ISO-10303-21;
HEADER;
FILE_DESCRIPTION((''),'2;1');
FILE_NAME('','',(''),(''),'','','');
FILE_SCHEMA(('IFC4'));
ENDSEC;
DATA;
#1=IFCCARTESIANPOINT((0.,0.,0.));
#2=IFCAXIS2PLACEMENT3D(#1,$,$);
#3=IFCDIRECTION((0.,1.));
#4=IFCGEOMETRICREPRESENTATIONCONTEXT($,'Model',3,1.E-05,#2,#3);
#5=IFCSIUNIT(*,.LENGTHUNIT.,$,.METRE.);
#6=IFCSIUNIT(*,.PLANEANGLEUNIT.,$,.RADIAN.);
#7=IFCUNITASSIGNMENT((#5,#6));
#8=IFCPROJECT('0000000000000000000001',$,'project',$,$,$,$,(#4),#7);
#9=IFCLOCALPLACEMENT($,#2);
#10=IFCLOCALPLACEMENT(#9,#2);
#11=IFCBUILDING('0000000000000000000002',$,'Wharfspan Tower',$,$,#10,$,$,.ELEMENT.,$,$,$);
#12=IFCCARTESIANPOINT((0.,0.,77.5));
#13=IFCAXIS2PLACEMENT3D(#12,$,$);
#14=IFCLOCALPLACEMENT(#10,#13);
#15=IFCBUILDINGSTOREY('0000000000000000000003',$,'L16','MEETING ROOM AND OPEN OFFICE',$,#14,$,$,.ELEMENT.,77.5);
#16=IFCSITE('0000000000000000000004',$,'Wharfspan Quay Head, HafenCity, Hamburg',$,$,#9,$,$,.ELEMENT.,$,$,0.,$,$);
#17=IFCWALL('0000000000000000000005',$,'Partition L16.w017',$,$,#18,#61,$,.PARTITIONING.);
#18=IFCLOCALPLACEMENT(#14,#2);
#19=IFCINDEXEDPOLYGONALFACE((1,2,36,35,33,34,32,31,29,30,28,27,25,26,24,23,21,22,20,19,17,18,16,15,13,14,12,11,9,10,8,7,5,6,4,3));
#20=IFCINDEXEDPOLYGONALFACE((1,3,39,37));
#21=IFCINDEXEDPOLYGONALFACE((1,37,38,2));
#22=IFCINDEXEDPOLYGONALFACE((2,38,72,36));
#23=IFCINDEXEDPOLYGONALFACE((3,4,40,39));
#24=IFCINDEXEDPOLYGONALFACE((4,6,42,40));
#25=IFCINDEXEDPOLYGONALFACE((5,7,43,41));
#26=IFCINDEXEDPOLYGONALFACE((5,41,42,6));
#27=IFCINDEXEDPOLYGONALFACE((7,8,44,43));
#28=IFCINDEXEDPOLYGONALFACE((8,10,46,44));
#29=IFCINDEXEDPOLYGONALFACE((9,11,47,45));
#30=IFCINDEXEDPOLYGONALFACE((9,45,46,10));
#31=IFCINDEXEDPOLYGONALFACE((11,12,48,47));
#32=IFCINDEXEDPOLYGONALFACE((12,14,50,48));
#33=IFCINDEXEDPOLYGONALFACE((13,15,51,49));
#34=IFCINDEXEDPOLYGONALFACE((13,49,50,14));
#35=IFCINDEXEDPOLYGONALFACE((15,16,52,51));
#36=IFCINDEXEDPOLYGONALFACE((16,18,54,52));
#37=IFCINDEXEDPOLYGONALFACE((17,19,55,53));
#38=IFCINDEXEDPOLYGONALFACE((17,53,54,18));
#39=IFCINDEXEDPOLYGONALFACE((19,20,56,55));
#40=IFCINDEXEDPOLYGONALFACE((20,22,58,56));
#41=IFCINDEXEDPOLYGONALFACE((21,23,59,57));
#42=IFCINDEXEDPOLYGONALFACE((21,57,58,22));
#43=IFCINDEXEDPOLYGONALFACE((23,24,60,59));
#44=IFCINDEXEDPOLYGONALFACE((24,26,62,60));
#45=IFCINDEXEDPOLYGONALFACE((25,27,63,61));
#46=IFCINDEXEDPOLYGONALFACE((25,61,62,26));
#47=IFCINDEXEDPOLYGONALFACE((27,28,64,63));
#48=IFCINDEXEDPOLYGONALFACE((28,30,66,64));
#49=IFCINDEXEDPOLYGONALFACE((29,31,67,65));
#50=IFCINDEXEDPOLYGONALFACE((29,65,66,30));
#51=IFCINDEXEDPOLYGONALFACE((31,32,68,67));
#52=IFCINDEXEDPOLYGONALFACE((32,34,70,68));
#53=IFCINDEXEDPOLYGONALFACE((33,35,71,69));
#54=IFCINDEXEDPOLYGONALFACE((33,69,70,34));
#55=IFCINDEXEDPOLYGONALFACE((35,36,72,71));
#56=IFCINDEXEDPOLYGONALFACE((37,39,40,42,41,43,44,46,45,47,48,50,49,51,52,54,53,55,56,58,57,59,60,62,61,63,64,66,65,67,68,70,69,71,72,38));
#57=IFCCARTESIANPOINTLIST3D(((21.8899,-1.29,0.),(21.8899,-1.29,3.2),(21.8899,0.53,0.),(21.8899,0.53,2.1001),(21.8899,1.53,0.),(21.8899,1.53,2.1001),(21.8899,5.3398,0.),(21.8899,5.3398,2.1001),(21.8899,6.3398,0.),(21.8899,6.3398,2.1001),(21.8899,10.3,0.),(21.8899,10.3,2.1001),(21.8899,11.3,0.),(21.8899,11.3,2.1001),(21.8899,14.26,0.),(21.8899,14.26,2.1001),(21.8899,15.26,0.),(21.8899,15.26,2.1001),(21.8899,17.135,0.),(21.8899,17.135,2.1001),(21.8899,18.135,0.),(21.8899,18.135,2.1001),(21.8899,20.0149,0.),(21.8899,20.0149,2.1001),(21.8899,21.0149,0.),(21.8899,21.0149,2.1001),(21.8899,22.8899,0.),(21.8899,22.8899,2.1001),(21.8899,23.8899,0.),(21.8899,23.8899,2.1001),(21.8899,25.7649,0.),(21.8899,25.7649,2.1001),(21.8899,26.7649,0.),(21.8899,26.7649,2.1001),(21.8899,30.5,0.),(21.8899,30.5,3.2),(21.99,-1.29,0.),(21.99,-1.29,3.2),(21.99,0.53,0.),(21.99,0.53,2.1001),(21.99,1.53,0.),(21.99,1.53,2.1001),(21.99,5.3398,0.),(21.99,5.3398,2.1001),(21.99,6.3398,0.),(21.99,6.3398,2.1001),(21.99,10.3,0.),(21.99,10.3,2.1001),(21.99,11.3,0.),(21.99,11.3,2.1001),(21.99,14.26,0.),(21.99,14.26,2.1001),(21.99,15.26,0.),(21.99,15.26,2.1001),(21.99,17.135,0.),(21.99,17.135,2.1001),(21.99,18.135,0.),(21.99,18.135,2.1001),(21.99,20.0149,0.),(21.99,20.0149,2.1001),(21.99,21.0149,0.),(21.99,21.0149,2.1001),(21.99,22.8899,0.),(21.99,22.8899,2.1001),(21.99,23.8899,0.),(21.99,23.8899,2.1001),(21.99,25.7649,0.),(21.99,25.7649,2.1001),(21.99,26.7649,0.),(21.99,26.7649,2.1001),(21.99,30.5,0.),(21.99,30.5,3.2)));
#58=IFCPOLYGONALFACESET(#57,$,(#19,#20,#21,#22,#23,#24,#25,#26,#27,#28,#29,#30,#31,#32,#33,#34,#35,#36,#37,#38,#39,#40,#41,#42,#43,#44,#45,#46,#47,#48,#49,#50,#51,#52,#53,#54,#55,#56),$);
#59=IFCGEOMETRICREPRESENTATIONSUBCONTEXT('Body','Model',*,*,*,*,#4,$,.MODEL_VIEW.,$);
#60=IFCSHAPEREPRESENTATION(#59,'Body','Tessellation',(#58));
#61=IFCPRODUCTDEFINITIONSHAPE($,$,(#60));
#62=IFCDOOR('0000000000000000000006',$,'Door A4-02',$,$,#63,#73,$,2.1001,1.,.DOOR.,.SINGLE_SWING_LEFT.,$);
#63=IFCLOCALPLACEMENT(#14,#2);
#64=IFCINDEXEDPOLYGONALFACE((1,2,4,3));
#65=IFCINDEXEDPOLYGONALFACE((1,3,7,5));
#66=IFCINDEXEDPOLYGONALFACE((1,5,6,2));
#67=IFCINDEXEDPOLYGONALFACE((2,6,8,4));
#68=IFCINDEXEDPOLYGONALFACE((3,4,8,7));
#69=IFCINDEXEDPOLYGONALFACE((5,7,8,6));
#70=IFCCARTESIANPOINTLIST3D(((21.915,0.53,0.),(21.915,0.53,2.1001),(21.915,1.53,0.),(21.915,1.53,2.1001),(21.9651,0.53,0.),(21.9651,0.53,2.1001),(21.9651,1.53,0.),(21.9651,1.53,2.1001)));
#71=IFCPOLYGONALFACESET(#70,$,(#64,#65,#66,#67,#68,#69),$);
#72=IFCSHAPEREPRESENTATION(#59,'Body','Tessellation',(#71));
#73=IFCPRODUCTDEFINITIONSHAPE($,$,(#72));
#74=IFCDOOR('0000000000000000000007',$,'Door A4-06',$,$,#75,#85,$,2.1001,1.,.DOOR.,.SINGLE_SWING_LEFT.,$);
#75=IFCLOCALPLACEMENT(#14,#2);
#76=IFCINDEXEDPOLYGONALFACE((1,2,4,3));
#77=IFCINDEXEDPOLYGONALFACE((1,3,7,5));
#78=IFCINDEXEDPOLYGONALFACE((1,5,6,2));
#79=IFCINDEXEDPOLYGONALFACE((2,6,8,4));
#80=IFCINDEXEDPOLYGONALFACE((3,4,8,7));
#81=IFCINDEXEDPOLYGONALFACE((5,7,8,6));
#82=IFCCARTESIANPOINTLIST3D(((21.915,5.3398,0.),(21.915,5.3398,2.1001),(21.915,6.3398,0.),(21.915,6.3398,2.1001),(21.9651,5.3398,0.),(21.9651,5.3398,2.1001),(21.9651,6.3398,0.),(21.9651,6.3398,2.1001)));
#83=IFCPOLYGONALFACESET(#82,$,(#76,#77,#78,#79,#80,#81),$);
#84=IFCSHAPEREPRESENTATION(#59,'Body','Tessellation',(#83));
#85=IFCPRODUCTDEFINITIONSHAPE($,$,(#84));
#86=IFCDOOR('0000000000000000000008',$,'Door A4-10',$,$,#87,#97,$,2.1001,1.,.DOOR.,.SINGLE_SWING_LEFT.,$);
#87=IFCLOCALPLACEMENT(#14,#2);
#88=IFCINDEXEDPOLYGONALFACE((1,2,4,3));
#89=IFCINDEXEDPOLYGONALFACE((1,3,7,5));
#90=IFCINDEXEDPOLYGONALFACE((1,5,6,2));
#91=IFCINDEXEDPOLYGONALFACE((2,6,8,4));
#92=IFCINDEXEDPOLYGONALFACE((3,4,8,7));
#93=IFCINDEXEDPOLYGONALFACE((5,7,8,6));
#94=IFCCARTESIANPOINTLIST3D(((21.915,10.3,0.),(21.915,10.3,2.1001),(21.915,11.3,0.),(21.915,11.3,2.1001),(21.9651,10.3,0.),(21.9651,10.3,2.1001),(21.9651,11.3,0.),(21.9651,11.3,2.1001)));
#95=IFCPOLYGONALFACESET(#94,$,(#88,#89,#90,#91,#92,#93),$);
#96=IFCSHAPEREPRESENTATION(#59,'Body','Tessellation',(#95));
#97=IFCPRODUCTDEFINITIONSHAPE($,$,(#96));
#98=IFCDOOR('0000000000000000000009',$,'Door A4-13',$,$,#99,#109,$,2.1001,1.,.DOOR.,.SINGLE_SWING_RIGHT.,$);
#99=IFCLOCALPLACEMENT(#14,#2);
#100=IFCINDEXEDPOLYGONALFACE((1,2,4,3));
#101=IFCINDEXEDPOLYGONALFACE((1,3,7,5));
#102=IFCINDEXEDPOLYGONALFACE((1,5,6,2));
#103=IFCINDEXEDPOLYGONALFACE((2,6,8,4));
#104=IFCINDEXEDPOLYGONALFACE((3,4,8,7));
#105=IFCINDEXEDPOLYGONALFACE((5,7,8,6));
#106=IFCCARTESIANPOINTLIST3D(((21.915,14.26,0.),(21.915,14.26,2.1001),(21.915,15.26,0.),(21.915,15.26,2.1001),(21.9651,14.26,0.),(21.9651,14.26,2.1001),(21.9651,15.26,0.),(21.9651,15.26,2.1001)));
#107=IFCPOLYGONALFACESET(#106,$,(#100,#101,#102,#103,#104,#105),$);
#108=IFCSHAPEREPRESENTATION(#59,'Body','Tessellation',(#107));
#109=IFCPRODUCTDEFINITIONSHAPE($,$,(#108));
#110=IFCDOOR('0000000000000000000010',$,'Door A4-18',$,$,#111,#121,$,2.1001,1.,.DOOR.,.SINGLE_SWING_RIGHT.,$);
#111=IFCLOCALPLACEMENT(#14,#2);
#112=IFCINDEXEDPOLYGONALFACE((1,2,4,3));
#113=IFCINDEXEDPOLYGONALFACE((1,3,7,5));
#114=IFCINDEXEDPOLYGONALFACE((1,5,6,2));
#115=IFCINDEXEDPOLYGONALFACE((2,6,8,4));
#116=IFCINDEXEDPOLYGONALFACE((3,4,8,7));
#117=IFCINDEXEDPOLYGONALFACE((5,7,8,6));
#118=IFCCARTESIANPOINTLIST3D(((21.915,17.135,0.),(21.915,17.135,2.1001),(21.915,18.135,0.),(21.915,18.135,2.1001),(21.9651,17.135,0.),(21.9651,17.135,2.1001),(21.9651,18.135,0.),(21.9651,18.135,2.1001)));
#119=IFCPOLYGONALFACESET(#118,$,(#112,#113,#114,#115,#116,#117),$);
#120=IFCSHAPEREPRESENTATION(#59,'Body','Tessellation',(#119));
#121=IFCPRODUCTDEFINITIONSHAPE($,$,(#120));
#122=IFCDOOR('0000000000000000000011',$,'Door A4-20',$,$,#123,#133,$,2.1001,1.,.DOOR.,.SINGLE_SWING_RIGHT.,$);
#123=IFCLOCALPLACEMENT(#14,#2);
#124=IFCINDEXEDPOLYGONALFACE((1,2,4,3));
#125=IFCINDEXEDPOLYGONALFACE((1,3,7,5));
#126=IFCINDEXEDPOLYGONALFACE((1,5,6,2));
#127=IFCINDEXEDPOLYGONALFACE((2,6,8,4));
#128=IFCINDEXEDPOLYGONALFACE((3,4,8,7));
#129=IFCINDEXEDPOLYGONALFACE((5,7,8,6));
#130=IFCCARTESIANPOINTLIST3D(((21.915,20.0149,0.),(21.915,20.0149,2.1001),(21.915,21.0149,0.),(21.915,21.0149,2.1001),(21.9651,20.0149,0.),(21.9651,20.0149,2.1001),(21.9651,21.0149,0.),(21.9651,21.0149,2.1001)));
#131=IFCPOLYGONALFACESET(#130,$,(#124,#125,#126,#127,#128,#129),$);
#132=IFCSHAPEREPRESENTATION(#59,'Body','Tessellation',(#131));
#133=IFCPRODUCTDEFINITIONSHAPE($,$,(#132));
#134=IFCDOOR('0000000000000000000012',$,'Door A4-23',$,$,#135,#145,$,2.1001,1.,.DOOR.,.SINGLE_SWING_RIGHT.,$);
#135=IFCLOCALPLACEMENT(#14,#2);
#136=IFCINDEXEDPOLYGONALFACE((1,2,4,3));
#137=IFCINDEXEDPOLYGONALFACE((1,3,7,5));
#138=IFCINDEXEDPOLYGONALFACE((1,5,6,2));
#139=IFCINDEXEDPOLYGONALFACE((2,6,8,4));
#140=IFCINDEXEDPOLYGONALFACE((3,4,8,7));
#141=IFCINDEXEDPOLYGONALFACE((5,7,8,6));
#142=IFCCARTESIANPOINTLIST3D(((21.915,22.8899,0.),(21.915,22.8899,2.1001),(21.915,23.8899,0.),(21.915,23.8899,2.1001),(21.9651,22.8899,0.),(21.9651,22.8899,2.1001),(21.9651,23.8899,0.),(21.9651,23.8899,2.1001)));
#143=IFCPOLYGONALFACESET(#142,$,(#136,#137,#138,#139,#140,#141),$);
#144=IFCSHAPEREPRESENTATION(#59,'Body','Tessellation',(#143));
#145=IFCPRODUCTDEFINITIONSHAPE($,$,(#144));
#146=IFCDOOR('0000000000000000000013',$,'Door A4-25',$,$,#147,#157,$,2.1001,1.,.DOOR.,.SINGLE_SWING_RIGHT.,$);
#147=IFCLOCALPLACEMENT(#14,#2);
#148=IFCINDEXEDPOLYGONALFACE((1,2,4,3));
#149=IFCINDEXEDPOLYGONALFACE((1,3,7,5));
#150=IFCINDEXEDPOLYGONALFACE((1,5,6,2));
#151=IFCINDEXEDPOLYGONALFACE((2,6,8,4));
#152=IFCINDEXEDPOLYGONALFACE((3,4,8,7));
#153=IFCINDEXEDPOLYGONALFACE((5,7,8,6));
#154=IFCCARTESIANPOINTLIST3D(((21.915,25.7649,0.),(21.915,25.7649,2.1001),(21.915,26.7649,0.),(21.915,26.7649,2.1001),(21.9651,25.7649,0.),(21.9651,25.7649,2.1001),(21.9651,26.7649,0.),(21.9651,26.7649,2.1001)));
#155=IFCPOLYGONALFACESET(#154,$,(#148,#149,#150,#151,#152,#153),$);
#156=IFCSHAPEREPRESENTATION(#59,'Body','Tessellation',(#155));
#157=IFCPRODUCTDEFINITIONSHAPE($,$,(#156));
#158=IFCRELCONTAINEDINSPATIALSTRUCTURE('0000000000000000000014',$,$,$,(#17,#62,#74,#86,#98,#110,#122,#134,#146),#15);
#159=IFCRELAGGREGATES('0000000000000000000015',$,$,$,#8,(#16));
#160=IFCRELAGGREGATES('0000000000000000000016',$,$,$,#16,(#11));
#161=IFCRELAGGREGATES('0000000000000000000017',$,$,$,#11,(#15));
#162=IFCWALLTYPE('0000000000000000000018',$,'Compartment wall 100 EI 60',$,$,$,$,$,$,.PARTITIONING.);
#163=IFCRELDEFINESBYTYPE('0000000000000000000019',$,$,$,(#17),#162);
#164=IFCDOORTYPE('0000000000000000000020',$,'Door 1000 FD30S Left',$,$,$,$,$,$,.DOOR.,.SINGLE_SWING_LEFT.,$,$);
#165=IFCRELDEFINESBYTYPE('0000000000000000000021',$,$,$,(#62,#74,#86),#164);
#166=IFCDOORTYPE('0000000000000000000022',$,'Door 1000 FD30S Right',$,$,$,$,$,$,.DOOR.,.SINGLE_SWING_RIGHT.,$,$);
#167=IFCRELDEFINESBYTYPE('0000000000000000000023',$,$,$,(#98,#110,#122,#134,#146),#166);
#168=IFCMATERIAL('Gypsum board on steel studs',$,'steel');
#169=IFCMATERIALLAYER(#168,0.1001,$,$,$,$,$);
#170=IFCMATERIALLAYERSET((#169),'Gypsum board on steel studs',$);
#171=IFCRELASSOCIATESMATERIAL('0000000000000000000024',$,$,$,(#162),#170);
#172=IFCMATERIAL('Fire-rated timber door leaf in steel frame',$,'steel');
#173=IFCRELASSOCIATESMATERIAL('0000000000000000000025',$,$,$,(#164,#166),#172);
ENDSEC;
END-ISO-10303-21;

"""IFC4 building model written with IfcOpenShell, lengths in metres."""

from ifc_helpers import new_model, si_unit, direction, frame, frame_2d, origin, place, context, subcontext, project, spatial, rectangle, extrude, material, layer, layer_set, type_object, element, fill, save


model = new_model("IFC4")

# Units and contexts
model_context = context("Model", 3, precision=1e-05, world=origin(), true_north=direction((0.0, 1.0)))
body_context = subcontext(model_context, "Body", "Model", "MODEL_VIEW")
ifc_project = project(units=[si_unit("LENGTHUNIT", "METRE"), si_unit("PLANEANGLEUNIT", "RADIAN")], contexts=[model_context])

# Site, building, storey
site_placement = place(None, origin())
site = spatial("IfcSite", under=ifc_project, at=site_placement, Name="Wharfspan Quay Head, HafenCity, Hamburg", CompositionType="ELEMENT", RefElevation=0.0)
building_placement = place(site_placement, origin())
building = spatial("IfcBuilding", under=site, at=building_placement, Name="Wharfspan Tower", CompositionType="ELEMENT")
storey_placement = place(building_placement, frame((0.0, 0.0, 77.5)))
storey = spatial("IfcBuildingStorey", under=building, at=storey_placement, Name="L16", Description="MEETING ROOM AND OPEN OFFICE", CompositionType="ELEMENT", Elevation=77.5)

# Wall, openings, doors
ifc_material_1 = material(Name="Gypsum board on steel studs", Category="steel")
ifc_layer_1 = layer(ifc_material_1, 0.1001)
ifc_layer_set_1 = layer_set([ifc_layer_1], Name="Gypsum board on steel studs")
wall_type = type_object("IfcWallType", Name="Compartment wall 100 EI 60", PredefinedType="PARTITIONING", material=ifc_layer_set_1)
ifc_material_2 = material(Name="Fire-rated timber door leaf in steel frame", Category="steel")
door_type_1 = type_object("IfcDoorType", Name="Door 1000 FD30S Left", OperationType="SINGLE_SWING_LEFT", PredefinedType="DOOR", material=ifc_material_2)
door_type_2 = type_object("IfcDoorType", Name="Door 1000 FD30S Right", OperationType="SINGLE_SWING_RIGHT", PredefinedType="DOOR", material=ifc_material_2)
wall_1_placement = place(storey_placement, frame((21.9399, -1.29, 0.0), z_axis=(0.0, 0.0, 1.0), x_axis=(0.0, 1.0, 0.0)))
wall_1 = element("IfcWall", 1, at=wall_1_placement, inside=storey, type_object=wall_type, Name="Partition L16.w017", PredefinedType="PARTITIONING", context=body_context, shape_type="SweptSolid", body=[
    extrude(rectangle(XDim=31.79, YDim=0.1001, at=frame_2d((15.895, 0.0))), origin(), (0.0, 0.0, 1.0), 3.2),
])
opening_1_placement = place(wall_1_placement, frame((1.8201, 0.0, 0.0)))
opening_1 = element("IfcOpeningElement", 2, at=opening_1_placement, cuts=wall_1, PredefinedType="OPENING", context=body_context, shape_type="SweptSolid", body=[
    extrude(rectangle(XDim=1.0, YDim=2.1001, at=frame_2d((0.5, 1.05))), frame((0.0, 0.0601, 0.0), z_axis=(0.0, -1.0, 0.0), x_axis=(1.0, 0.0, 0.0)), (0.0, 0.0, 1.0), 0.1201),
])
opening_2_placement = place(wall_1_placement, frame((6.6299, 0.0, 0.0)))
opening_2 = element("IfcOpeningElement", 3, at=opening_2_placement, cuts=wall_1, PredefinedType="OPENING", context=body_context, shape_type="SweptSolid", body=[
    extrude(rectangle(XDim=1.0, YDim=2.1001, at=frame_2d((0.5, 1.05))), frame((0.0, 0.0601, 0.0), z_axis=(0.0, -1.0, 0.0), x_axis=(1.0, 0.0, 0.0)), (0.0, 0.0, 1.0), 0.1201),
])
opening_3_placement = place(wall_1_placement, frame((11.5901, 0.0, 0.0)))
opening_3 = element("IfcOpeningElement", 4, at=opening_3_placement, cuts=wall_1, PredefinedType="OPENING", context=body_context, shape_type="SweptSolid", body=[
    extrude(rectangle(XDim=1.0, YDim=2.1001, at=frame_2d((0.5, 1.05))), frame((0.0, 0.0601, 0.0), z_axis=(0.0, -1.0, 0.0), x_axis=(1.0, 0.0, 0.0)), (0.0, 0.0, 1.0), 0.1201),
])
opening_4_placement = place(wall_1_placement, frame((15.55, 0.0, 0.0)))
opening_4 = element("IfcOpeningElement", 5, at=opening_4_placement, cuts=wall_1, PredefinedType="OPENING", context=body_context, shape_type="SweptSolid", body=[
    extrude(rectangle(XDim=1.0, YDim=2.1001, at=frame_2d((0.5, 1.05))), frame((0.0, 0.0601, 0.0), z_axis=(0.0, -1.0, 0.0), x_axis=(1.0, 0.0, 0.0)), (0.0, 0.0, 1.0), 0.1201),
])
opening_5_placement = place(wall_1_placement, frame((18.425, 0.0, 0.0)))
opening_5 = element("IfcOpeningElement", 6, at=opening_5_placement, cuts=wall_1, PredefinedType="OPENING", context=body_context, shape_type="SweptSolid", body=[
    extrude(rectangle(XDim=1.0, YDim=2.1001, at=frame_2d((0.5, 1.05))), frame((0.0, 0.0601, 0.0), z_axis=(0.0, -1.0, 0.0), x_axis=(1.0, 0.0, 0.0)), (0.0, 0.0, 1.0), 0.1201),
])
opening_6_placement = place(wall_1_placement, frame((21.3049, 0.0, 0.0)))
opening_6 = element("IfcOpeningElement", 7, at=opening_6_placement, cuts=wall_1, PredefinedType="OPENING", context=body_context, shape_type="SweptSolid", body=[
    extrude(rectangle(XDim=1.0, YDim=2.1001, at=frame_2d((0.5, 1.05))), frame((0.0, 0.0601, 0.0), z_axis=(0.0, -1.0, 0.0), x_axis=(1.0, 0.0, 0.0)), (0.0, 0.0, 1.0), 0.1201),
])
opening_7_placement = place(wall_1_placement, frame((24.1799, 0.0, 0.0)))
opening_7 = element("IfcOpeningElement", 8, at=opening_7_placement, cuts=wall_1, PredefinedType="OPENING", context=body_context, shape_type="SweptSolid", body=[
    extrude(rectangle(XDim=1.0, YDim=2.1001, at=frame_2d((0.5, 1.05))), frame((0.0, 0.0601, 0.0), z_axis=(0.0, -1.0, 0.0), x_axis=(1.0, 0.0, 0.0)), (0.0, 0.0, 1.0), 0.1201),
])
opening_8_placement = place(wall_1_placement, frame((27.0549, 0.0, 0.0)))
opening_8 = element("IfcOpeningElement", 9, at=opening_8_placement, cuts=wall_1, PredefinedType="OPENING", context=body_context, shape_type="SweptSolid", body=[
    extrude(rectangle(XDim=1.0, YDim=2.1001, at=frame_2d((0.5, 1.05))), frame((0.0, 0.0601, 0.0), z_axis=(0.0, -1.0, 0.0), x_axis=(1.0, 0.0, 0.0)), (0.0, 0.0, 1.0), 0.1201),
])
door_1_placement = place(opening_1_placement, origin())
door_1 = element("IfcDoor", 10, at=door_1_placement, inside=storey, type_object=door_type_1, Name="Door A4-02", OperationType="SINGLE_SWING_LEFT", OverallHeight=2.1001, OverallWidth=1.0, PredefinedType="DOOR", context=body_context, shape_type="SweptSolid", body=[
    extrude(rectangle(XDim=1.0, YDim=2.1001, at=frame_2d((0.5, 1.05))), frame((0.0, 0.0249, 0.0), z_axis=(0.0, -1.0, 0.0), x_axis=(1.0, 0.0, 0.0)), (0.0, 0.0, 1.0), 0.05),
])
fill(opening_1, door_1)
door_2_placement = place(opening_2_placement, origin())
door_2 = element("IfcDoor", 11, at=door_2_placement, inside=storey, type_object=door_type_1, Name="Door A4-06", OperationType="SINGLE_SWING_LEFT", OverallHeight=2.1001, OverallWidth=1.0, PredefinedType="DOOR", context=body_context, shape_type="SweptSolid", body=[
    extrude(rectangle(XDim=1.0, YDim=2.1001, at=frame_2d((0.5, 1.05))), frame((0.0, 0.0249, 0.0), z_axis=(0.0, -1.0, 0.0), x_axis=(1.0, 0.0, 0.0)), (0.0, 0.0, 1.0), 0.05),
])
fill(opening_2, door_2)
door_3_placement = place(opening_3_placement, origin())
door_3 = element("IfcDoor", 12, at=door_3_placement, inside=storey, type_object=door_type_1, Name="Door A4-10", OperationType="SINGLE_SWING_LEFT", OverallHeight=2.1001, OverallWidth=1.0, PredefinedType="DOOR", context=body_context, shape_type="SweptSolid", body=[
    extrude(rectangle(XDim=1.0, YDim=2.1001, at=frame_2d((0.5, 1.05))), frame((0.0, 0.0249, 0.0), z_axis=(0.0, -1.0, 0.0), x_axis=(1.0, 0.0, 0.0)), (0.0, 0.0, 1.0), 0.05),
])
fill(opening_3, door_3)
door_4_placement = place(opening_4_placement, origin())
door_4 = element("IfcDoor", 13, at=door_4_placement, inside=storey, type_object=door_type_2, Name="Door A4-13", OperationType="SINGLE_SWING_RIGHT", OverallHeight=2.1001, OverallWidth=1.0, PredefinedType="DOOR", context=body_context, shape_type="SweptSolid", body=[
    extrude(rectangle(XDim=1.0, YDim=2.1001, at=frame_2d((0.5, 1.05))), frame((0.0, 0.0249, 0.0), z_axis=(0.0, -1.0, 0.0), x_axis=(1.0, 0.0, 0.0)), (0.0, 0.0, 1.0), 0.05),
])
fill(opening_4, door_4)
door_5_placement = place(opening_5_placement, origin())
door_5 = element("IfcDoor", 14, at=door_5_placement, inside=storey, type_object=door_type_2, Name="Door A4-18", OperationType="SINGLE_SWING_RIGHT", OverallHeight=2.1001, OverallWidth=1.0, PredefinedType="DOOR", context=body_context, shape_type="SweptSolid", body=[
    extrude(rectangle(XDim=1.0, YDim=2.1001, at=frame_2d((0.5, 1.05))), frame((0.0, 0.0249, 0.0), z_axis=(0.0, -1.0, 0.0), x_axis=(1.0, 0.0, 0.0)), (0.0, 0.0, 1.0), 0.05),
])
fill(opening_5, door_5)
door_6_placement = place(opening_6_placement, origin())
door_6 = element("IfcDoor", 15, at=door_6_placement, inside=storey, type_object=door_type_2, Name="Door A4-20", OperationType="SINGLE_SWING_RIGHT", OverallHeight=2.1001, OverallWidth=1.0, PredefinedType="DOOR", context=body_context, shape_type="SweptSolid", body=[
    extrude(rectangle(XDim=1.0, YDim=2.1001, at=frame_2d((0.5, 1.05))), frame((0.0, 0.0249, 0.0), z_axis=(0.0, -1.0, 0.0), x_axis=(1.0, 0.0, 0.0)), (0.0, 0.0, 1.0), 0.05),
])
fill(opening_6, door_6)
door_7_placement = place(opening_7_placement, origin())
door_7 = element("IfcDoor", 16, at=door_7_placement, inside=storey, type_object=door_type_2, Name="Door A4-23", OperationType="SINGLE_SWING_RIGHT", OverallHeight=2.1001, OverallWidth=1.0, PredefinedType="DOOR", context=body_context, shape_type="SweptSolid", body=[
    extrude(rectangle(XDim=1.0, YDim=2.1001, at=frame_2d((0.5, 1.05))), frame((0.0, 0.0249, 0.0), z_axis=(0.0, -1.0, 0.0), x_axis=(1.0, 0.0, 0.0)), (0.0, 0.0, 1.0), 0.05),
])
fill(opening_7, door_7)
door_8_placement = place(opening_8_placement, origin())
door_8 = element("IfcDoor", 17, at=door_8_placement, inside=storey, type_object=door_type_2, Name="Door A4-25", OperationType="SINGLE_SWING_RIGHT", OverallHeight=2.1001, OverallWidth=1.0, PredefinedType="DOOR", context=body_context, shape_type="SweptSolid", body=[
    extrude(rectangle(XDim=1.0, YDim=2.1001, at=frame_2d((0.5, 1.05))), frame((0.0, 0.0249, 0.0), z_axis=(0.0, -1.0, 0.0), x_axis=(1.0, 0.0, 0.0)), (0.0, 0.0, 1.0), 0.05),
])
fill(opening_8, door_8)

save(model, "model.ifc")
